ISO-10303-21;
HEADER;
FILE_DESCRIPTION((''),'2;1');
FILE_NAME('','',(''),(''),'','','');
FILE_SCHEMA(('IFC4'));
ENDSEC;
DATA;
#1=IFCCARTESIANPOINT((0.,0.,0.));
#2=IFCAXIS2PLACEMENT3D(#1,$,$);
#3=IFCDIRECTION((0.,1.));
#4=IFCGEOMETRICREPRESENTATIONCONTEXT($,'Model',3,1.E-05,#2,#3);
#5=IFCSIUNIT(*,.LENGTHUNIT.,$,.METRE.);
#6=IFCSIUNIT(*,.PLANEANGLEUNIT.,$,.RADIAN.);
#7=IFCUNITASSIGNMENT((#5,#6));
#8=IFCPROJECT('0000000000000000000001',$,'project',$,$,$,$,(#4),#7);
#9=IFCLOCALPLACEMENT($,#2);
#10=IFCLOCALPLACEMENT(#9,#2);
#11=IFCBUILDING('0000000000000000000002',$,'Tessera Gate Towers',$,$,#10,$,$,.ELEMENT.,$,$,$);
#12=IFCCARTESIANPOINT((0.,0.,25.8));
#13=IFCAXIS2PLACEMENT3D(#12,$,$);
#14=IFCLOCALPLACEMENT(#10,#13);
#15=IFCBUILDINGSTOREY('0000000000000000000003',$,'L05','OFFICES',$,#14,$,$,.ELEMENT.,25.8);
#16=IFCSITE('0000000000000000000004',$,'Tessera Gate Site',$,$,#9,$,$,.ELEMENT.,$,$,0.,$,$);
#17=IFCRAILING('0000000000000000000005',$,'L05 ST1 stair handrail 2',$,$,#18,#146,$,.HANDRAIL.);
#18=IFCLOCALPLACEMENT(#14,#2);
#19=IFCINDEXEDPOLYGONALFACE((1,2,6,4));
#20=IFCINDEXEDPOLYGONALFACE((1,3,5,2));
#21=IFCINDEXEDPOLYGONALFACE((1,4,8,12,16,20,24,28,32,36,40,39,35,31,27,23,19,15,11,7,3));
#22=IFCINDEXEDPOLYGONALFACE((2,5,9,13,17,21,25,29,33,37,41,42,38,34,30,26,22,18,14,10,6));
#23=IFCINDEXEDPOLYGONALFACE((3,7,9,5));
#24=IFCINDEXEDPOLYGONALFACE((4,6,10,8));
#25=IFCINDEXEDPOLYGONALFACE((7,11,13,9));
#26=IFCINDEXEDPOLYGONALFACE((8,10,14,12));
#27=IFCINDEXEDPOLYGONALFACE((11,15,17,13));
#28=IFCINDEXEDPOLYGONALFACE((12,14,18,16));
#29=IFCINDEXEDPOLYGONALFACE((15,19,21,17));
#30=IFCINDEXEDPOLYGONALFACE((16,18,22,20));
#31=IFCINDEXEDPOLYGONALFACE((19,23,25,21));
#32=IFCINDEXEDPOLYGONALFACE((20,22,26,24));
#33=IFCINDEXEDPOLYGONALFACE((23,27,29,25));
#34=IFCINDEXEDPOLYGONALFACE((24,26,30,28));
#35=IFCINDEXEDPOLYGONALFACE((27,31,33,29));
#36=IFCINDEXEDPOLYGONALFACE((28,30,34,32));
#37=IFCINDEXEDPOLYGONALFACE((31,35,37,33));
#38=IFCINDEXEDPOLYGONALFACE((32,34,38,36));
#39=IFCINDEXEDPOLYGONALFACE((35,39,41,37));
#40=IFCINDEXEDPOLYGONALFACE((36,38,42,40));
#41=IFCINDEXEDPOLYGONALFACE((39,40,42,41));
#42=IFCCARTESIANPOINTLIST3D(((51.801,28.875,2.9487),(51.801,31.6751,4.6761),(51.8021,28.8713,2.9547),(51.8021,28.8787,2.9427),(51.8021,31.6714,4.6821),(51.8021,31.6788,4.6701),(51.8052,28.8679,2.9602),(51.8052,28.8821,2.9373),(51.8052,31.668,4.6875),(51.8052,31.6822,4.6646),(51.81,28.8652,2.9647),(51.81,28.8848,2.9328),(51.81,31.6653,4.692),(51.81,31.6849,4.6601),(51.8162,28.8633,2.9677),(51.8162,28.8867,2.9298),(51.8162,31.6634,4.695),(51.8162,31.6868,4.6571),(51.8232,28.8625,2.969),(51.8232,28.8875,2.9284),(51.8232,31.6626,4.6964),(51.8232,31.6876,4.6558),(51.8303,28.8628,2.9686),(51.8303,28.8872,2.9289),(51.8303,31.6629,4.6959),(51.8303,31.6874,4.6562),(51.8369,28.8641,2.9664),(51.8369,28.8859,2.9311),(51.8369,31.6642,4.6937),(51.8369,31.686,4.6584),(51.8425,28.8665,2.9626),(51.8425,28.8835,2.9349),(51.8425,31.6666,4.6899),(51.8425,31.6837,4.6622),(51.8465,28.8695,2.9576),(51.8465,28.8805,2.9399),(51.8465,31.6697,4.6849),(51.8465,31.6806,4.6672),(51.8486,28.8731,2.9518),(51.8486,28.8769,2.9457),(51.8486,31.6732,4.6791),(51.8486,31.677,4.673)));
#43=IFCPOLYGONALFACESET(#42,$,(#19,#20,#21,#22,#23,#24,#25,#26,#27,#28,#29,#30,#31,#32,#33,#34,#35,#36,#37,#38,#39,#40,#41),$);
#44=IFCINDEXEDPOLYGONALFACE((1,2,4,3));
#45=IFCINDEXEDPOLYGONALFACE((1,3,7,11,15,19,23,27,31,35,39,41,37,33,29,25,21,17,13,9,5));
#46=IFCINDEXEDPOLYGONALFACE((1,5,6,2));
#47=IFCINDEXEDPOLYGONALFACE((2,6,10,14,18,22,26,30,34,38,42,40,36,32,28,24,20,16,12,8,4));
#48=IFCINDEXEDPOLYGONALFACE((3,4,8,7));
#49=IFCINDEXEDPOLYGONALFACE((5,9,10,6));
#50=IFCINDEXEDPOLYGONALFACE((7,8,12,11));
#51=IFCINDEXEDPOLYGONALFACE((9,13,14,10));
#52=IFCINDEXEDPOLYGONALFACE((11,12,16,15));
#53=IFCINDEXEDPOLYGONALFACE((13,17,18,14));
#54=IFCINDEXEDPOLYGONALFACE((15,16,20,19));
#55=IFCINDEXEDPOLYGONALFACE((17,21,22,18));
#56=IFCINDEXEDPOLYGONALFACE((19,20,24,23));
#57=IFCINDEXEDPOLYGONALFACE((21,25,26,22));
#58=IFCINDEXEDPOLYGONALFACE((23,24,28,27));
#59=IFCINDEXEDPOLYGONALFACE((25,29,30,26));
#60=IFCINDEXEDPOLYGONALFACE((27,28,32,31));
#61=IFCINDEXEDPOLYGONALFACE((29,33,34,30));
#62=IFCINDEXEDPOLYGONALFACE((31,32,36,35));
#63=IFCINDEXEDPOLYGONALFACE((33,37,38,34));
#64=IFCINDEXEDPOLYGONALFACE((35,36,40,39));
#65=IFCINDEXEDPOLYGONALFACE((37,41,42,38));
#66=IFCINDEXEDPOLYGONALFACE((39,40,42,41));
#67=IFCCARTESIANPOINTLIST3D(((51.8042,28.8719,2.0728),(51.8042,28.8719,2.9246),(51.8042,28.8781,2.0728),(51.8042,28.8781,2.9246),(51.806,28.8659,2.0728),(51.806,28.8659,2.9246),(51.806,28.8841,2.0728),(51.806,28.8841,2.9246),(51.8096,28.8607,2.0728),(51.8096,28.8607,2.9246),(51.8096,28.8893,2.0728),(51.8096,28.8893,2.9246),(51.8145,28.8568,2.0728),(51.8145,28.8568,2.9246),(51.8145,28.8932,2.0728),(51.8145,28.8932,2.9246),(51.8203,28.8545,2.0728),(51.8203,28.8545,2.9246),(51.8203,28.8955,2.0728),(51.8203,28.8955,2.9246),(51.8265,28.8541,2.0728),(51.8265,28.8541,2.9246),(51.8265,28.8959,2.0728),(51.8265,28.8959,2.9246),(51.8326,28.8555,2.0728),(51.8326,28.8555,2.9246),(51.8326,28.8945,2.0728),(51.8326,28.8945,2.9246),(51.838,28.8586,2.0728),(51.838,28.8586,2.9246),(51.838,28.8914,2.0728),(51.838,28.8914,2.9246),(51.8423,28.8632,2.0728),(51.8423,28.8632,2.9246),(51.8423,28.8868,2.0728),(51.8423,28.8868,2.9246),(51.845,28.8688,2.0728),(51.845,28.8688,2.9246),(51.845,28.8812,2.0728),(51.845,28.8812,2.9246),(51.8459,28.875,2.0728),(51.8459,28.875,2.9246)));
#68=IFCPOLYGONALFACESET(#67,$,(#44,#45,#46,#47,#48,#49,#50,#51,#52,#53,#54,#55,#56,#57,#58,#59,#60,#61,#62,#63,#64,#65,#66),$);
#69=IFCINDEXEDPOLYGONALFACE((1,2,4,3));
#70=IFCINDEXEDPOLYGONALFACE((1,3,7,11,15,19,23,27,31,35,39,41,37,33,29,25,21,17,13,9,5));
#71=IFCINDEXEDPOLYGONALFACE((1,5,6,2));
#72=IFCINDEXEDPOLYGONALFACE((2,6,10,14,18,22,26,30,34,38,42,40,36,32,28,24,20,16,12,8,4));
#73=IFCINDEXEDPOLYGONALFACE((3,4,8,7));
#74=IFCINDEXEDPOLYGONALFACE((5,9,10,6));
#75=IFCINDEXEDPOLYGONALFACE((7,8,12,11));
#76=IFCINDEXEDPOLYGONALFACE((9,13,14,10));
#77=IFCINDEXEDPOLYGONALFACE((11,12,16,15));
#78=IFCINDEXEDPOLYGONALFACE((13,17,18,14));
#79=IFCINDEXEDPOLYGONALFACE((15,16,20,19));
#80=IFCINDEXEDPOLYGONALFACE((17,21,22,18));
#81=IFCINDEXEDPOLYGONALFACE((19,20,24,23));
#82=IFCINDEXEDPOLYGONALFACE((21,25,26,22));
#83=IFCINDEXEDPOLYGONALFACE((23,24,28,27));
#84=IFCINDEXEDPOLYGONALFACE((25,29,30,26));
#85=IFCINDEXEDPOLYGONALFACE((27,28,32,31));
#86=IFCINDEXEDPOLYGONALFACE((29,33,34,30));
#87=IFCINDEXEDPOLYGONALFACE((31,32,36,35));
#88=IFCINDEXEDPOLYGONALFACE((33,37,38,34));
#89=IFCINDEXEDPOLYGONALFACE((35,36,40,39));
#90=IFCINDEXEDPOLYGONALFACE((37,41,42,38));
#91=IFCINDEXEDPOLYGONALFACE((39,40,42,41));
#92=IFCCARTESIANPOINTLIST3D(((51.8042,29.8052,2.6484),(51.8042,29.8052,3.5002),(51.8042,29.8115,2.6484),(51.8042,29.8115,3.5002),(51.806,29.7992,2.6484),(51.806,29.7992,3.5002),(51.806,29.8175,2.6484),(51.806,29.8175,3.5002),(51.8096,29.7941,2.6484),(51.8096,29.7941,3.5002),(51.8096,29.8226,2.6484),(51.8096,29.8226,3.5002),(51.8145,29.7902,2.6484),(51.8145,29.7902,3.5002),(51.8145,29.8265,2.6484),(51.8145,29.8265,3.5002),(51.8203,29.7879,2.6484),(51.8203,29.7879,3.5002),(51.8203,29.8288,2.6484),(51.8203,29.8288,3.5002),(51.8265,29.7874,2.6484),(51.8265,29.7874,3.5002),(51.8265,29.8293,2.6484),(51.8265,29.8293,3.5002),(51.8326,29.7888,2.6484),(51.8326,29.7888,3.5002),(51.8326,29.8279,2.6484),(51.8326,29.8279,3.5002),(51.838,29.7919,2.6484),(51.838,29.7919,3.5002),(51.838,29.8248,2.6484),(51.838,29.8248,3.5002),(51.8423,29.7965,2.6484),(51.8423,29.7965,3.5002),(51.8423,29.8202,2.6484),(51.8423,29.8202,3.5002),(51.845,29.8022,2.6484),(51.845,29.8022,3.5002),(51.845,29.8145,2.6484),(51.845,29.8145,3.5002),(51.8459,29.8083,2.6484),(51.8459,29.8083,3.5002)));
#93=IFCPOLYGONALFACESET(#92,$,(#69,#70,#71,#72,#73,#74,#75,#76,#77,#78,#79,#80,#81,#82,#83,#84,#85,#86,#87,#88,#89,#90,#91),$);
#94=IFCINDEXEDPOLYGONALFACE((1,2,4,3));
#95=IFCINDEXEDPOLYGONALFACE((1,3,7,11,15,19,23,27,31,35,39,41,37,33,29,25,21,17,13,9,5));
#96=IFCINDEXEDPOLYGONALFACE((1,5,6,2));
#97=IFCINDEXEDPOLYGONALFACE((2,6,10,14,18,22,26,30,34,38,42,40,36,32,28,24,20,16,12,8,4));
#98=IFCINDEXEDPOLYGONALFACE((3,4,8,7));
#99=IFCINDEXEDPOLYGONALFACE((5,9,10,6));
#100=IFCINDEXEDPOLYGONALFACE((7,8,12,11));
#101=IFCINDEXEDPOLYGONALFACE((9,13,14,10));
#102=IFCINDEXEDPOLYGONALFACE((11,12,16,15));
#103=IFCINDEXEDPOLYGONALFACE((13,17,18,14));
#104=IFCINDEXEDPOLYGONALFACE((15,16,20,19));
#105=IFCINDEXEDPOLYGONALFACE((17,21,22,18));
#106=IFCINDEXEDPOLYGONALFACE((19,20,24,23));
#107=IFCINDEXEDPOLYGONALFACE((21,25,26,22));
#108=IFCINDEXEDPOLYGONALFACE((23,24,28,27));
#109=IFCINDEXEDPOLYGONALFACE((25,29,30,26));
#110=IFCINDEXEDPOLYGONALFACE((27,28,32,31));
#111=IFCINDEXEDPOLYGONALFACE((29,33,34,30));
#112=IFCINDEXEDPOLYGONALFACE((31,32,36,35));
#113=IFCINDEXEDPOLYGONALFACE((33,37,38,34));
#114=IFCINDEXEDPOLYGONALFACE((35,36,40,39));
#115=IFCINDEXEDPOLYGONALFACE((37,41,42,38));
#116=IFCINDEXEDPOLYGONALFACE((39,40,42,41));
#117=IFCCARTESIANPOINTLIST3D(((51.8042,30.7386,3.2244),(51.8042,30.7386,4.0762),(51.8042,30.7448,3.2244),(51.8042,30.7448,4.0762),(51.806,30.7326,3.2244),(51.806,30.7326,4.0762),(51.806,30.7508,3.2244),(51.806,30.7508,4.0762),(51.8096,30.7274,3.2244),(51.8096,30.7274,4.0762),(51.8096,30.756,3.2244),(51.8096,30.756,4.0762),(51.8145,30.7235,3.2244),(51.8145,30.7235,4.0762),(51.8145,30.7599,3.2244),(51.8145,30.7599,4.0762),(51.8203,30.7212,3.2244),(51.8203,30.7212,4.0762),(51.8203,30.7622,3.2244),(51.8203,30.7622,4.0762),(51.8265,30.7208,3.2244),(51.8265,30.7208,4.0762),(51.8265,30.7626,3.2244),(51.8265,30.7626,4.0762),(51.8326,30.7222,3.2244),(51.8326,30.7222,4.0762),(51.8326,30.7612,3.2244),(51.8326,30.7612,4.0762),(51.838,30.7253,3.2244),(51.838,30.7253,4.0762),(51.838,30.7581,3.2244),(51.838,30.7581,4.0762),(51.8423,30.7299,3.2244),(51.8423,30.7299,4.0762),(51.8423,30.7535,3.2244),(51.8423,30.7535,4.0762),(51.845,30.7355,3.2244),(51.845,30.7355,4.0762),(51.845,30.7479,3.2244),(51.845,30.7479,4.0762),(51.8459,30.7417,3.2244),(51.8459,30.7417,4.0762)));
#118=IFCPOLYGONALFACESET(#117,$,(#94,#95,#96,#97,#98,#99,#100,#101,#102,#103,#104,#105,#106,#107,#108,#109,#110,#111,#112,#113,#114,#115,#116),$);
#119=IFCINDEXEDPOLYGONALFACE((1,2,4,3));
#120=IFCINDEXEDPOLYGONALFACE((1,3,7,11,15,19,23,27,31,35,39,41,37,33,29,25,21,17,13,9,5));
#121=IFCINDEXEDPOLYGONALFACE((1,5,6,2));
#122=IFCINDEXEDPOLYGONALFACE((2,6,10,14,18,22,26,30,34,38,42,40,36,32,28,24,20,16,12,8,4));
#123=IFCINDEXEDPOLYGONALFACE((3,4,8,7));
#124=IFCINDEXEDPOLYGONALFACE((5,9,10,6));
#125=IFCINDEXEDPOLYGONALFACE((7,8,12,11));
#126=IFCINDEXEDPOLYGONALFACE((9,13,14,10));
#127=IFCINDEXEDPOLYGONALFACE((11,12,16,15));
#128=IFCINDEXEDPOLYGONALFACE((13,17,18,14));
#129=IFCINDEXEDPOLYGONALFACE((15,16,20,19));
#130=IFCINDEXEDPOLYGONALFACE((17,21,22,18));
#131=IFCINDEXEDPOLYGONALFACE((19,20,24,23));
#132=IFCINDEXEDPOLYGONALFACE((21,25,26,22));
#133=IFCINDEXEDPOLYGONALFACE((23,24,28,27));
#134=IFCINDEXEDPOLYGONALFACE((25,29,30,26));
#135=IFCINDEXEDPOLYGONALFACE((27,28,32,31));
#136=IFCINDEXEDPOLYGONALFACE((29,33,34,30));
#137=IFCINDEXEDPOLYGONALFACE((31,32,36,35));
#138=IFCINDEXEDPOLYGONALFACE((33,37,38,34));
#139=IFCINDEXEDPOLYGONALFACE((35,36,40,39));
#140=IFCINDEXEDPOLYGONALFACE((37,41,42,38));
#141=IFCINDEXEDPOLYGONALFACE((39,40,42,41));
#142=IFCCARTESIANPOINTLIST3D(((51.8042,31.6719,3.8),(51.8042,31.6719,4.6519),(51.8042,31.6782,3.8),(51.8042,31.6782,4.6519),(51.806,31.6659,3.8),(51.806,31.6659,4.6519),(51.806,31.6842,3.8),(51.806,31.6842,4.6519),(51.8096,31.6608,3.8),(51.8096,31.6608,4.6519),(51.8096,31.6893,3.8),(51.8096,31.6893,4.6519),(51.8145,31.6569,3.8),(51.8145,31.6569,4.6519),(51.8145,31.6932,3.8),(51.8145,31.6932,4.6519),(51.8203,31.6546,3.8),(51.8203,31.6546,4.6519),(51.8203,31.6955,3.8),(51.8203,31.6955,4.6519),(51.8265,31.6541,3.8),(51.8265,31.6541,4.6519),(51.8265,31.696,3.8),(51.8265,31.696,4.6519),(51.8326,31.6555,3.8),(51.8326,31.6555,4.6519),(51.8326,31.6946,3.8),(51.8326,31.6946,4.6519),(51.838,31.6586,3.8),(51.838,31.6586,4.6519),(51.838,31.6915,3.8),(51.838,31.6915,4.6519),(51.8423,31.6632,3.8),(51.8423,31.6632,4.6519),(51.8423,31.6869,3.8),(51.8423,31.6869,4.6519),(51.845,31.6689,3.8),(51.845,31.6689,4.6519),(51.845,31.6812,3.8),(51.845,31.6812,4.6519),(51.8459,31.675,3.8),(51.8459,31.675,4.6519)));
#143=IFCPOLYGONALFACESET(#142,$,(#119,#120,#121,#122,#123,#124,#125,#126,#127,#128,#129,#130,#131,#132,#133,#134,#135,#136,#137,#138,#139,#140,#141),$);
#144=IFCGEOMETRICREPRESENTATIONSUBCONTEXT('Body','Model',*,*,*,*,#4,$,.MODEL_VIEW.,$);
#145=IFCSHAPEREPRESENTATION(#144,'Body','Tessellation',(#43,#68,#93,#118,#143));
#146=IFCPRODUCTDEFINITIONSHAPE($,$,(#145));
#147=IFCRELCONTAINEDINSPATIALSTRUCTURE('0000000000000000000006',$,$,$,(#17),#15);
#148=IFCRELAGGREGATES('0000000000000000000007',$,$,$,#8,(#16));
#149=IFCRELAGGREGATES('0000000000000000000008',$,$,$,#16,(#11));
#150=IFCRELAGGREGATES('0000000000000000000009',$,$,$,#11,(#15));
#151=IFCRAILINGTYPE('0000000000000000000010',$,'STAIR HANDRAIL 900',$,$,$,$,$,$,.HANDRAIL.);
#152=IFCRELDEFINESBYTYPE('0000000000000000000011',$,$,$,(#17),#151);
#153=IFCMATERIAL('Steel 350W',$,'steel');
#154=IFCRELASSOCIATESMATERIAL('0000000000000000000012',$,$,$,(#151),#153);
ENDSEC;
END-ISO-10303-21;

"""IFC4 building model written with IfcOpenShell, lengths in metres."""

from ifc_helpers import new_model, si_unit, direction, frame, origin, origin_2d, place, context, subcontext, project, spatial, circle, extrude, material, type_object, element, save


model = new_model("IFC4")

# Units and contexts
model_context = context("Model", 3, precision=1e-05, world=origin(), true_north=direction((0.0, 1.0)))
body_context = subcontext(model_context, "Body", "Model", "MODEL_VIEW")
ifc_project = project(units=[si_unit("LENGTHUNIT", "METRE"), si_unit("PLANEANGLEUNIT", "RADIAN")], contexts=[model_context])

# Site, building, storey
site_placement = place(None, origin())
site = spatial("IfcSite", under=ifc_project, at=site_placement, Name="Tessera Gate Site", CompositionType="ELEMENT", RefElevation=0.0)
building_placement = place(site_placement, origin())
building = spatial("IfcBuilding", under=site, at=building_placement, Name="Tessera Gate Towers", CompositionType="ELEMENT")
storey_placement = place(building_placement, frame((0.0, 0.0, 25.8)))
storey = spatial("IfcBuildingStorey", under=building, at=storey_placement, Name="L05", Description="OFFICES", CompositionType="ELEMENT", Elevation=25.8)

# Railing
ifc_material_1 = material(Name="Steel 350W", Category="steel")
railing_type_1 = type_object("IfcRailingType", Name="STAIR HANDRAIL 900", PredefinedType="HANDRAIL", material=ifc_material_1)
railing_1_placement = place(storey_placement, frame((51.825, 28.875, 2.0728)))
element("IfcRailing", 1, at=railing_1_placement, inside=storey, type_object=railing_type_1, Name="L05 ST1 stair handrail 2", PredefinedType="HANDRAIL", context=body_context, shape_type="SweptSolid", body=[
    extrude(circle(Radius=0.0239, at=origin_2d()), frame((0.0, 0.0, 0.876), z_axis=(0.0, 0.85109, 0.52502), x_axis=(-1.0, 0.0, 0.0)), (0.0, 0.0, 1.0), 3.29),
    extrude(circle(Radius=0.021, at=origin_2d()), origin(), (0.0, 0.0, 1.0), 0.8518),
    extrude(circle(Radius=0.021, at=origin_2d()), frame((0.0, 0.9333, 0.5757)), (0.0, 0.0, 1.0), 0.8518),
    extrude(circle(Radius=0.021, at=origin_2d()), frame((0.0, 1.8667, 1.1516)), (0.0, 0.0, 1.0), 0.8518),
    extrude(circle(Radius=0.021, at=origin_2d()), frame((0.0, 2.8, 1.7273)), (0.0, 0.0, 1.0), 0.8518),
])

save(model, "model.ifc")
